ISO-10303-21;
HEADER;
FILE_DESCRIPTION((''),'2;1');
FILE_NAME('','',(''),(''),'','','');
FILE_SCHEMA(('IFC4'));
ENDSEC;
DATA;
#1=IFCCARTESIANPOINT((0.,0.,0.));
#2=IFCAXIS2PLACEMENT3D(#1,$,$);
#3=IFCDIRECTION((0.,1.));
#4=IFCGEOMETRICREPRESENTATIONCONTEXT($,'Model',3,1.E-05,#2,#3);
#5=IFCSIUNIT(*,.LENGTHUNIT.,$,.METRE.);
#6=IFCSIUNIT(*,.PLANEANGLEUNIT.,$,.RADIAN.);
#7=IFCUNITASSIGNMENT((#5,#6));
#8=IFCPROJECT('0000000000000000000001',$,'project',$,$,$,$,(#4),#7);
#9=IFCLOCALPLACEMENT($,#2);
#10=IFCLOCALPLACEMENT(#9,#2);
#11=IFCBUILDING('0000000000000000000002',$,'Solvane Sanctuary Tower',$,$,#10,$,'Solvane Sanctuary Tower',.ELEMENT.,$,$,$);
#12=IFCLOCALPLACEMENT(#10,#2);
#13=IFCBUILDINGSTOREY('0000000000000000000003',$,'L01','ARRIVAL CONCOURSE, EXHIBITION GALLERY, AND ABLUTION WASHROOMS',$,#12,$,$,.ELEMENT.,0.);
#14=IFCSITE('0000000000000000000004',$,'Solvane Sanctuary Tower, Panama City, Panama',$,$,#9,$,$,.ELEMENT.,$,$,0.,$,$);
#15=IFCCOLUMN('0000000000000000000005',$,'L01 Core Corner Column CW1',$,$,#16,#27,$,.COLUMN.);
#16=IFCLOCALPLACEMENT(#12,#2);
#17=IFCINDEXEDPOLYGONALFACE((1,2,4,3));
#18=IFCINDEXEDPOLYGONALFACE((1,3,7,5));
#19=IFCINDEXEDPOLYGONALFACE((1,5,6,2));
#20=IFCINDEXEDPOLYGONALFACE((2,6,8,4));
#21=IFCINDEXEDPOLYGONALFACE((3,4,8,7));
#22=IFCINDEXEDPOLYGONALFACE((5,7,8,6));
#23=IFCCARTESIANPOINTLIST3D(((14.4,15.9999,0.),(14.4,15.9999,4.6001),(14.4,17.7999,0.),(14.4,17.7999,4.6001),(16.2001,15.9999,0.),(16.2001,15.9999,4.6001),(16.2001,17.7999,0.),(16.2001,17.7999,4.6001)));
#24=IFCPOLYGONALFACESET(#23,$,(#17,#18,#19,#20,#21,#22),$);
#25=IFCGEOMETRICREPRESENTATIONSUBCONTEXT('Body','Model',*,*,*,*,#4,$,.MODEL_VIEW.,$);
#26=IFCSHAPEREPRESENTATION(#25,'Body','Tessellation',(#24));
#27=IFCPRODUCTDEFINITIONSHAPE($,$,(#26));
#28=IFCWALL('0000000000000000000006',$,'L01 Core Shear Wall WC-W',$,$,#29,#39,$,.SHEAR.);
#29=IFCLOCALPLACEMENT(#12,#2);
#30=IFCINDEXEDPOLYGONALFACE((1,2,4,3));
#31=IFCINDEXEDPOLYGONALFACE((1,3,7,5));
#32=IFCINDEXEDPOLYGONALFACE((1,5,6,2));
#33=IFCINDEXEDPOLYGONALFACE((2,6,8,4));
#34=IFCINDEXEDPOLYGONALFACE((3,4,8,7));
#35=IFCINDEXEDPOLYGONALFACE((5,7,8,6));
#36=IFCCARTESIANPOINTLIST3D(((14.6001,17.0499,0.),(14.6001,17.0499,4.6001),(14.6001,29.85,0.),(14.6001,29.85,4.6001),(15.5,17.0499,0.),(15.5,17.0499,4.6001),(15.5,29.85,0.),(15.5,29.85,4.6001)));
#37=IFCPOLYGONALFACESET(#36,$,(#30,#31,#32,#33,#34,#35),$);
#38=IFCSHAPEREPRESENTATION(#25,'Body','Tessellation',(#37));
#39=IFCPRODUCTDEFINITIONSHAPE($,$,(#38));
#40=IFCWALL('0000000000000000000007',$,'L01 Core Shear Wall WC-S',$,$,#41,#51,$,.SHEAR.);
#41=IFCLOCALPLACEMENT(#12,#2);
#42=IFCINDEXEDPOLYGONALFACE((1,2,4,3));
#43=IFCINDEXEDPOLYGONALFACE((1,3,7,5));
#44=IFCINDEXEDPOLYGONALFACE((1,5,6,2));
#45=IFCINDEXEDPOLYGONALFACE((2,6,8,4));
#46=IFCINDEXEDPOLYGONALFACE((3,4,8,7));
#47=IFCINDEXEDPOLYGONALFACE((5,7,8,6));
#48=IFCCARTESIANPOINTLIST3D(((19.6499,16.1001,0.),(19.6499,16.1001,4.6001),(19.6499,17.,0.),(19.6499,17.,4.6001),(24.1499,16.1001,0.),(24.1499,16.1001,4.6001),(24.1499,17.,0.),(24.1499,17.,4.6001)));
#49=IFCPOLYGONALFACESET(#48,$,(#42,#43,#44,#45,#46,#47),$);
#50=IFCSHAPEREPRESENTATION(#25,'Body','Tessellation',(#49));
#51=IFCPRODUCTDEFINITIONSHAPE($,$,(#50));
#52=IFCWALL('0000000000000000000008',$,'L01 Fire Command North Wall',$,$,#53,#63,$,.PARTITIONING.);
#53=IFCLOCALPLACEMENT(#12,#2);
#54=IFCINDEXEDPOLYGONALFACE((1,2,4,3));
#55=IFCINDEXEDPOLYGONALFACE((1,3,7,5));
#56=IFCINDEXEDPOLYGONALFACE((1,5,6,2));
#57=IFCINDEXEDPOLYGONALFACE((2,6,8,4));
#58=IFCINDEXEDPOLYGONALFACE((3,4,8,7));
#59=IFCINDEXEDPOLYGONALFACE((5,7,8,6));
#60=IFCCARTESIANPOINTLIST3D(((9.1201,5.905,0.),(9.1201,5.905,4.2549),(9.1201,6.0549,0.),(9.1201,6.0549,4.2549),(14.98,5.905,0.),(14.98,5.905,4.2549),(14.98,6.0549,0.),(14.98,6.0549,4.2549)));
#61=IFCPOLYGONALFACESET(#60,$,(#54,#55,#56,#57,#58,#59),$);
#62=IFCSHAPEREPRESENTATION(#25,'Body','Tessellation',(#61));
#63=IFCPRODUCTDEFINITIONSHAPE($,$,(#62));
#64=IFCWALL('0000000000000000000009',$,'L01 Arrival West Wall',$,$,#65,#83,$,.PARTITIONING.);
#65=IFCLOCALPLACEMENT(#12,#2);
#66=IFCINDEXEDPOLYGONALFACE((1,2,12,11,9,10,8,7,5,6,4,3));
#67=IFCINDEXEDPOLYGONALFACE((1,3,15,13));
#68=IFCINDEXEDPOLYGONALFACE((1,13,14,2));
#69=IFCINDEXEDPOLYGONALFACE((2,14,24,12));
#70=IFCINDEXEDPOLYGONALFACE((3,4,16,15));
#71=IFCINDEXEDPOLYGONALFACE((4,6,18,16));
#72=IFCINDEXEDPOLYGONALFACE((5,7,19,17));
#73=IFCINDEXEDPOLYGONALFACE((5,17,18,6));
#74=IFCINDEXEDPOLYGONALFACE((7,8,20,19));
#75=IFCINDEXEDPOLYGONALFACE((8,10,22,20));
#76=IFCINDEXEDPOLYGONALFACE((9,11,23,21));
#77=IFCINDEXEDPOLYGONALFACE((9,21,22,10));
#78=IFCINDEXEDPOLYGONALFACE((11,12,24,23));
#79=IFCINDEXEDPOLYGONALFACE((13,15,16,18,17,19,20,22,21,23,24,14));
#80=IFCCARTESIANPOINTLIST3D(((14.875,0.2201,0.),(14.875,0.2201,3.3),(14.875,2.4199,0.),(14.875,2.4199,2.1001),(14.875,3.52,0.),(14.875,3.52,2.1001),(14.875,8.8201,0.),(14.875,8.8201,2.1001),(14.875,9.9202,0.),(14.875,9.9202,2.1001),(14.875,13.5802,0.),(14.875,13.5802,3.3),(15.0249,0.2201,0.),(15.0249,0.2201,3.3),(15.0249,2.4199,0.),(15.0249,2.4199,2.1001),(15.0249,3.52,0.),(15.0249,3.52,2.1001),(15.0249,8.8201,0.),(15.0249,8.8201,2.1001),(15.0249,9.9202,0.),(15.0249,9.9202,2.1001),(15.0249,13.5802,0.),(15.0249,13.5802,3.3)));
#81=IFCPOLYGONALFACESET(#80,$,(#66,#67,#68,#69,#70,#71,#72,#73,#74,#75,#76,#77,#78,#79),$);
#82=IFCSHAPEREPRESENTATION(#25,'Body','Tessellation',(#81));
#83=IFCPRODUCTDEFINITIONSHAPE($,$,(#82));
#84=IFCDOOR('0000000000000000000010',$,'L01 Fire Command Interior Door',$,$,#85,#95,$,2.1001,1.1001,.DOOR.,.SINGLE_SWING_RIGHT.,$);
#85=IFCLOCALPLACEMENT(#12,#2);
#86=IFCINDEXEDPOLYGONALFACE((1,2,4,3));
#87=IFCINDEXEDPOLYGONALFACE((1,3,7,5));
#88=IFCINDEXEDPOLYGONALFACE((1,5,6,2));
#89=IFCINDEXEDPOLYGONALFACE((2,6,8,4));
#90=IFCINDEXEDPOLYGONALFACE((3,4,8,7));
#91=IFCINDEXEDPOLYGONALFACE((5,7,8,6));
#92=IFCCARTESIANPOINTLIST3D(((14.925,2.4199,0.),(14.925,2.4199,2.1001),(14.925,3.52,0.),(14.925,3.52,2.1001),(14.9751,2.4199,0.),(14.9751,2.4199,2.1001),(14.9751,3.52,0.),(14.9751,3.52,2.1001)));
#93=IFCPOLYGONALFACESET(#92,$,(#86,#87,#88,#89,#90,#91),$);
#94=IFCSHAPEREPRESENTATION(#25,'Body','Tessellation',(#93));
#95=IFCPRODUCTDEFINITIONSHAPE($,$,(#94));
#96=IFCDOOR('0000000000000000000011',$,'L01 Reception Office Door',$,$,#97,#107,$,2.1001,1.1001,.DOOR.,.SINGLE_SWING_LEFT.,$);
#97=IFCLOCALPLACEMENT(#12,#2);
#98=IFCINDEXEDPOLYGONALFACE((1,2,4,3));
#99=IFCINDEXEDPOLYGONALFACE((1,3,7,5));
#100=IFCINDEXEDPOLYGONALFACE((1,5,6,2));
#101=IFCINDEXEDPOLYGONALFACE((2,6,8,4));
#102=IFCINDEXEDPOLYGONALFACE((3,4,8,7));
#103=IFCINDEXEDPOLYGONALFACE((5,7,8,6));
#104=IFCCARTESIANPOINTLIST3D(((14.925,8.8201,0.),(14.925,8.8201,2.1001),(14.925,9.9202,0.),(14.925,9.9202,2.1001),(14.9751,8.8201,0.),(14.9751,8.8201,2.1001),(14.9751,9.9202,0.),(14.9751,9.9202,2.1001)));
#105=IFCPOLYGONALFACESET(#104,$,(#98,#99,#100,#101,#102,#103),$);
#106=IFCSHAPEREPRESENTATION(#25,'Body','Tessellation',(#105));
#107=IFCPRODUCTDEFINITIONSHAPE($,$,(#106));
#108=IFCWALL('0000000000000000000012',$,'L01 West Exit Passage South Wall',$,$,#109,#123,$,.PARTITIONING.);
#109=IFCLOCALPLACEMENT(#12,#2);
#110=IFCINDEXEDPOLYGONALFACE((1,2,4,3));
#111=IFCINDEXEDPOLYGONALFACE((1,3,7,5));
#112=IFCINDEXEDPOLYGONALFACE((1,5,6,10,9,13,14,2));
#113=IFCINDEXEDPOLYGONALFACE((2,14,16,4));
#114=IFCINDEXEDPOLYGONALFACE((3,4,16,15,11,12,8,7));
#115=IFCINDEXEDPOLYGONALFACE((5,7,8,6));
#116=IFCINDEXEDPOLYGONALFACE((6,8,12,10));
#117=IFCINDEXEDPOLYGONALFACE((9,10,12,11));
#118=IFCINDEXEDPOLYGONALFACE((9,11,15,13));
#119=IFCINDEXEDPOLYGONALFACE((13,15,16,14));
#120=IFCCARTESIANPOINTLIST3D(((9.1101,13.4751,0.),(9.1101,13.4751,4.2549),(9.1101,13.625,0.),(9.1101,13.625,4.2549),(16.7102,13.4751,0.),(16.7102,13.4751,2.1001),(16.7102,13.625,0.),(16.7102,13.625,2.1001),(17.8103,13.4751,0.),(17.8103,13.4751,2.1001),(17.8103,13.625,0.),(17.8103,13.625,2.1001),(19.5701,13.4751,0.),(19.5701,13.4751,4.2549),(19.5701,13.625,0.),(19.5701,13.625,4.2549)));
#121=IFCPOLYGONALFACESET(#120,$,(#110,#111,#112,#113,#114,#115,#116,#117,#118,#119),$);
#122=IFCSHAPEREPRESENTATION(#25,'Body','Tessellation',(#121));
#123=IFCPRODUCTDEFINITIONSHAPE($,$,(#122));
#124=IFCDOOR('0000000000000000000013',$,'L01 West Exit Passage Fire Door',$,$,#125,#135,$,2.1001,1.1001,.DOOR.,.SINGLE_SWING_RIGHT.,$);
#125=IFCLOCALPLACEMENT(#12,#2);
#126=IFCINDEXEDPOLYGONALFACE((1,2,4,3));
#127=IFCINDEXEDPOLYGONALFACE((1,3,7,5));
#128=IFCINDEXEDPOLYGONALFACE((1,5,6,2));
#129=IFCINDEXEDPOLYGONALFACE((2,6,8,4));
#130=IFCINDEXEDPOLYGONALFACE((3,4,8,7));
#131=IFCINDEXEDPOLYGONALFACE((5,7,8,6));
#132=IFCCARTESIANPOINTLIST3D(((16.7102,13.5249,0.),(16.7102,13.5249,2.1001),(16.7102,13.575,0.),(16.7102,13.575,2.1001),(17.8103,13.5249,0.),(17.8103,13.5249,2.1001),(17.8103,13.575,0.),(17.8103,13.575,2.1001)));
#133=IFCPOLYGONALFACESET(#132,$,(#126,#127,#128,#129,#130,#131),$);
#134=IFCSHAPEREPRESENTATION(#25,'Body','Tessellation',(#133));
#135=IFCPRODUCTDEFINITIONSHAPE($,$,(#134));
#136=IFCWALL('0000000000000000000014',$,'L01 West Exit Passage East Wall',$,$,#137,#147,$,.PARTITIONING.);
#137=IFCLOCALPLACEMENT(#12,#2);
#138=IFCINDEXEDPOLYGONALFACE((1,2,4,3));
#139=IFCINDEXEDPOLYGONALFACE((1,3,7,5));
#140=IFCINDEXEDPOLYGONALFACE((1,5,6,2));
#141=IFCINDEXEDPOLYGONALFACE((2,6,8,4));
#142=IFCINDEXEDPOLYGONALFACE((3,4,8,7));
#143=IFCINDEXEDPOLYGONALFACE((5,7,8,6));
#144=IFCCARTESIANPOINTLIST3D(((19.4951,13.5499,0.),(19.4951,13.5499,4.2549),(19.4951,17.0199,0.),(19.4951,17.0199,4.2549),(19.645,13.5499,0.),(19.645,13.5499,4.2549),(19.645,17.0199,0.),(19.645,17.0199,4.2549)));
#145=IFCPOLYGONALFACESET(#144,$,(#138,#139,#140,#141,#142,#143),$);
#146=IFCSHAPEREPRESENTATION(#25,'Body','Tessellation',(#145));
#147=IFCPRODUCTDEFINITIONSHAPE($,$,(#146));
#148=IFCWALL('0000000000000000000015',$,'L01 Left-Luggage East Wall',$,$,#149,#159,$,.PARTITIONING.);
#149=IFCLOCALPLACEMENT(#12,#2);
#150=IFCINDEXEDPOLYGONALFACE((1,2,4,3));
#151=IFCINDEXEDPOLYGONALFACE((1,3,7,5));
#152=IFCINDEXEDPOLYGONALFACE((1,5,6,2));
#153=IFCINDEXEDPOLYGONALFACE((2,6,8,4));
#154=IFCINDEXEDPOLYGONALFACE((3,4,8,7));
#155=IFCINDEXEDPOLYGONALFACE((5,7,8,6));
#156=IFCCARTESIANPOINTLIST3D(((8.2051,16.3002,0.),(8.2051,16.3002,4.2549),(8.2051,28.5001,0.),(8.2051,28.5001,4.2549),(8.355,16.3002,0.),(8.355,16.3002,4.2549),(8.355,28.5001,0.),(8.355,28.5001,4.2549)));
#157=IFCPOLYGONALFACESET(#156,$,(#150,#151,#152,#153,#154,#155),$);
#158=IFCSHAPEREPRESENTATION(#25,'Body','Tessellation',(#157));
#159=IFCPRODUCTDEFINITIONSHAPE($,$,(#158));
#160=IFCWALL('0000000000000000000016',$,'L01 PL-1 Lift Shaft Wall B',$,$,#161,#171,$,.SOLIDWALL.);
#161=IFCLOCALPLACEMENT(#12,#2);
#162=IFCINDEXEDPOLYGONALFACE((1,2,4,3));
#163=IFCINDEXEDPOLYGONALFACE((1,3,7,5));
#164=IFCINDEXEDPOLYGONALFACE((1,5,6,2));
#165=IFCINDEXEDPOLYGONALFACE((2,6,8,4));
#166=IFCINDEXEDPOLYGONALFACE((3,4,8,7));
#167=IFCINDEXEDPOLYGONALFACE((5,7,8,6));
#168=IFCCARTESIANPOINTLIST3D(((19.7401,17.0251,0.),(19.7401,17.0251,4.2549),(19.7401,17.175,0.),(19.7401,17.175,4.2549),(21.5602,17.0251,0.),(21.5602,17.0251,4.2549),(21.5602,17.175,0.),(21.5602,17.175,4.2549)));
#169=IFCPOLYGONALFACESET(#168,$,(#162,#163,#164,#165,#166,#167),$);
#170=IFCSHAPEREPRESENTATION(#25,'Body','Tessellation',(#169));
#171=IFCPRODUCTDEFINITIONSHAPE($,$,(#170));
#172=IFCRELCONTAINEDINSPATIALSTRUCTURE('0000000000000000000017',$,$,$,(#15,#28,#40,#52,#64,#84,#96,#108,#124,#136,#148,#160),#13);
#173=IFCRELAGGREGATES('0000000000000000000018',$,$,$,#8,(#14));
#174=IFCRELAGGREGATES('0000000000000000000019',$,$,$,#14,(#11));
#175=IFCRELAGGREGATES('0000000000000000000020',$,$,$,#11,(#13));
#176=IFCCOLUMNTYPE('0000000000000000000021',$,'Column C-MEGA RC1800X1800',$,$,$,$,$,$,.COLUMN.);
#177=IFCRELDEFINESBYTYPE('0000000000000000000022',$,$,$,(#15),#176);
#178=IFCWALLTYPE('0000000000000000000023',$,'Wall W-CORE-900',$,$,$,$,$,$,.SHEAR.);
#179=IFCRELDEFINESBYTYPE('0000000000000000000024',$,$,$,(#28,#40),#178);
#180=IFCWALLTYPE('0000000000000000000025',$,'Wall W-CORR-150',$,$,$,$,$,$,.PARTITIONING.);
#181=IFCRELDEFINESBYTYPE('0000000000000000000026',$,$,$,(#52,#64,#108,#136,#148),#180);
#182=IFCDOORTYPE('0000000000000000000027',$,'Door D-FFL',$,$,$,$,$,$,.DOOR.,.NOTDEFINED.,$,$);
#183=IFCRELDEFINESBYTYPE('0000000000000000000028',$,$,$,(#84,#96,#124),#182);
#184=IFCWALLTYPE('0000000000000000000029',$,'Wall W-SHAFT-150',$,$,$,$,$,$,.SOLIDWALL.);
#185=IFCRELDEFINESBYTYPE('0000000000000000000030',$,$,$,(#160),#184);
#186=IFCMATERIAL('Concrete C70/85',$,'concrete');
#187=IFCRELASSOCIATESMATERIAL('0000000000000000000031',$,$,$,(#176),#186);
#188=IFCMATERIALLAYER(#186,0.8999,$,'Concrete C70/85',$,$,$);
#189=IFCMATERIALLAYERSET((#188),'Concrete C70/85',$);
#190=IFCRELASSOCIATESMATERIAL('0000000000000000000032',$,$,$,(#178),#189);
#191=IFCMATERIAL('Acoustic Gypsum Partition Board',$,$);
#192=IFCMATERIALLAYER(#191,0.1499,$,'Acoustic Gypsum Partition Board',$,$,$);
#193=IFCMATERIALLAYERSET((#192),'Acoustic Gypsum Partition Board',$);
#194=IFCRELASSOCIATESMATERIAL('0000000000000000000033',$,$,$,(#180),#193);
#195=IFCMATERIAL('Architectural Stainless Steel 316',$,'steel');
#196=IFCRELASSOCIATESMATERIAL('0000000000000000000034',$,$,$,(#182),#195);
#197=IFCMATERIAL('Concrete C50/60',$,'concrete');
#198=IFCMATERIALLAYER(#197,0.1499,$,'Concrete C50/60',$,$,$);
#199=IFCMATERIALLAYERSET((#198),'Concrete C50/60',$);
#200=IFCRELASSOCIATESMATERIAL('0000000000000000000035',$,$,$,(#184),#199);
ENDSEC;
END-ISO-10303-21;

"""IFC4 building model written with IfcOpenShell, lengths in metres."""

from ifc_helpers import new_model, si_unit, direction, frame, frame_2d, origin, origin_2d, place, context, subcontext, project, spatial, rectangle, extrude, material, layer, layer_set, material_profile, profile_set, type_object, element, fill, save


model = new_model("IFC4")

# Units and contexts
model_context = context("Model", 3, precision=1e-05, world=origin(), true_north=direction((0.0, 1.0)))
body_context = subcontext(model_context, "Body", "Model", "MODEL_VIEW")
ifc_project = project(units=[si_unit("LENGTHUNIT", "METRE"), si_unit("PLANEANGLEUNIT", "RADIAN")], contexts=[model_context])

# Site, building, storey
site_placement = place(None, origin())
site = spatial("IfcSite", under=ifc_project, at=site_placement, Name="Solvane Sanctuary Tower, Panama City, Panama", CompositionType="ELEMENT", RefElevation=0.0)
building_placement = place(site_placement, origin())
building = spatial("IfcBuilding", under=site, at=building_placement, Name="Solvane Sanctuary Tower", LongName="Solvane Sanctuary Tower", CompositionType="ELEMENT")
storey_placement = place(building_placement, origin())
storey = spatial("IfcBuildingStorey", under=building, at=storey_placement, Name="L01", Description="ARRIVAL CONCOURSE, EXHIBITION GALLERY, AND ABLUTION WASHROOMS", CompositionType="ELEMENT", Elevation=0.0)

# Column
ifc_material_1 = material(Name="Concrete C70/85", Category="concrete")
ifc_material_profile = material_profile(ifc_material_1, rectangle(XDim=1.8, YDim=1.8, at=origin_2d()), Name="RC1800X1800")
ifc_profile_set = profile_set([ifc_material_profile], Name="Concrete C70/85")
column_type = type_object("IfcColumnType", Name="Column C-MEGA RC1800X1800", PredefinedType="COLUMN", material=ifc_profile_set)
column_placement = place(storey_placement, frame((15.3, 16.8999, 0.0), z_axis=(0.0, 0.0, 1.0), x_axis=(1.0, 0.0, 0.0)))
element("IfcColumn", 1, at=column_placement, inside=storey, type_object=column_type, Name="L01 Core Corner Column CW1", PredefinedType="COLUMN", context=body_context, shape_type="SweptSolid", body=[
    extrude(rectangle(XDim=1.8, YDim=1.8, at=origin_2d()), origin(), (0.0, 0.0, 1.0), 4.6001),
])

# Walls
ifc_layer_1 = layer(ifc_material_1, 0.8999, Name="Concrete C70/85")
ifc_layer_set_1 = layer_set([ifc_layer_1], Name="Concrete C70/85")
wall_type_1 = type_object("IfcWallType", Name="Wall W-CORE-900", PredefinedType="SHEAR", material=ifc_layer_set_1)
wall_1_placement = place(storey_placement, frame((15.05, 17.05, 0.0), z_axis=(0.0, 0.0, 1.0), x_axis=(0.0, 1.0, 0.0)))
element("IfcWall", 2, at=wall_1_placement, inside=storey, type_object=wall_type_1, Name="L01 Core Shear Wall WC-W", PredefinedType="SHEAR", context=body_context, shape_type="SweptSolid", body=[
    extrude(rectangle(XDim=12.8, YDim=0.8999, at=frame_2d((6.3999, 0.0))), origin(), (0.0, 0.0, 1.0), 4.6001),
])
wall_2_placement = place(storey_placement, frame((19.6499, 16.55, 0.0), z_axis=(0.0, 0.0, 1.0), x_axis=(1.0, 0.0, 0.0)))
element("IfcWall", 3, at=wall_2_placement, inside=storey, type_object=wall_type_1, Name="L01 Core Shear Wall WC-S", PredefinedType="SHEAR", context=body_context, shape_type="SweptSolid", body=[
    extrude(rectangle(XDim=4.5, YDim=0.8999, at=frame_2d((2.25, 0.0))), origin(), (0.0, 0.0, 1.0), 4.6001),
])
ifc_material_2 = material(Name="Acoustic Gypsum Partition Board")
ifc_layer_2 = layer(ifc_material_2, 0.1499, Name="Acoustic Gypsum Partition Board")
ifc_layer_set_2 = layer_set([ifc_layer_2], Name="Acoustic Gypsum Partition Board")
wall_type_2 = type_object("IfcWallType", Name="Wall W-CORR-150", PredefinedType="PARTITIONING", material=ifc_layer_set_2)
wall_3_placement = place(storey_placement, frame((9.1201, 5.98, 0.0), z_axis=(0.0, 0.0, 1.0), x_axis=(1.0, 0.0, 0.0)))
element("IfcWall", 4, at=wall_3_placement, inside=storey, type_object=wall_type_2, Name="L01 Fire Command North Wall", PredefinedType="PARTITIONING", context=body_context, shape_type="SweptSolid", body=[
    extrude(rectangle(XDim=5.8599, YDim=0.1499, at=frame_2d((2.9299, 0.0))), origin(), (0.0, 0.0, 1.0), 4.2549),
])

# Wall, openings, doors
wall_4_placement = place(storey_placement, frame((14.95, 0.22, 0.0), z_axis=(0.0, 0.0, 1.0), x_axis=(0.0, 1.0, 0.0)))
wall_4 = element("IfcWall", 5, at=wall_4_placement, inside=storey, type_object=wall_type_2, Name="L01 Arrival West Wall", PredefinedType="PARTITIONING", context=body_context, shape_type="SweptSolid", body=[
    extrude(rectangle(XDim=13.3601, YDim=0.1499, at=frame_2d((6.6802, 0.0))), origin(), (0.0, 0.0, 1.0), 3.3),
])
opening_1_placement = place(wall_4_placement, frame((2.2, 0.0, 0.0)))
opening_1 = element("IfcOpeningElement", 6, at=opening_1_placement, cuts=wall_4, PredefinedType="OPENING", context=body_context, shape_type="SweptSolid", body=[
    extrude(rectangle(XDim=1.1001, YDim=2.1001, at=frame_2d((0.55, 1.05))), frame((0.0, 0.085, 0.0), z_axis=(0.0, -1.0, 0.0), x_axis=(1.0, 0.0, 0.0)), (0.0, 0.0, 1.0), 0.1699),
])
opening_2_placement = place(wall_4_placement, frame((8.6001, 0.0, 0.0)))
opening_2 = element("IfcOpeningElement", 7, at=opening_2_placement, cuts=wall_4, PredefinedType="OPENING", context=body_context, shape_type="SweptSolid", body=[
    extrude(rectangle(XDim=1.1001, YDim=2.1001, at=frame_2d((0.55, 1.05))), frame((0.0, 0.085, 0.0), z_axis=(0.0, -1.0, 0.0), x_axis=(1.0, 0.0, 0.0)), (0.0, 0.0, 1.0), 0.1699),
])
ifc_material_3 = material(Name="Architectural Stainless Steel 316", Category="steel")
door_type_1 = type_object("IfcDoorType", Name="Door D-FFL", OperationType="NOTDEFINED", PredefinedType="DOOR", material=ifc_material_3)
door_1_placement = place(opening_1_placement, origin())
door_1 = element("IfcDoor", 8, at=door_1_placement, inside=storey, type_object=door_type_1, Name="L01 Fire Command Interior Door", OperationType="SINGLE_SWING_RIGHT", OverallHeight=2.1001, OverallWidth=1.1001, PredefinedType="DOOR", context=body_context, shape_type="SweptSolid", body=[
    extrude(rectangle(XDim=1.1001, YDim=2.1001, at=frame_2d((0.55, 1.05))), frame((0.0, 0.0249, 0.0), z_axis=(0.0, -1.0, 0.0), x_axis=(1.0, 0.0, 0.0)), (0.0, 0.0, 1.0), 0.05),
])
fill(opening_1, door_1)
door_2_placement = place(opening_2_placement, origin())
door_2 = element("IfcDoor", 9, at=door_2_placement, inside=storey, type_object=door_type_1, Name="L01 Reception Office Door", OperationType="SINGLE_SWING_LEFT", OverallHeight=2.1001, OverallWidth=1.1001, PredefinedType="DOOR", context=body_context, shape_type="SweptSolid", body=[
    extrude(rectangle(XDim=1.1001, YDim=2.1001, at=frame_2d((0.55, 1.05))), frame((0.0, 0.0249, 0.0), z_axis=(0.0, -1.0, 0.0), x_axis=(1.0, 0.0, 0.0)), (0.0, 0.0, 1.0), 0.05),
])
fill(opening_2, door_2)

# Wall, opening, door
wall_5_placement = place(storey_placement, frame((9.1101, 13.55, 0.0), z_axis=(0.0, 0.0, 1.0), x_axis=(1.0, 0.0, 0.0)))
wall_5 = element("IfcWall", 10, at=wall_5_placement, inside=storey, type_object=wall_type_2, Name="L01 West Exit Passage South Wall", PredefinedType="PARTITIONING", context=body_context, shape_type="SweptSolid", body=[
    extrude(rectangle(XDim=10.46, YDim=0.1499, at=frame_2d((5.23, 0.0))), origin(), (0.0, 0.0, 1.0), 4.2549),
])
opening_3_placement = place(wall_5_placement, frame((7.6001, 0.0, 0.0)))
opening_3 = element("IfcOpeningElement", 11, at=opening_3_placement, cuts=wall_5, PredefinedType="OPENING", context=body_context, shape_type="SweptSolid", body=[
    extrude(rectangle(XDim=1.1001, YDim=2.1001, at=frame_2d((0.55, 1.05))), frame((0.0, 0.085, 0.0), z_axis=(0.0, -1.0, 0.0), x_axis=(1.0, 0.0, 0.0)), (0.0, 0.0, 1.0), 0.1699),
])
door_3_placement = place(opening_3_placement, origin())
door_3 = element("IfcDoor", 12, at=door_3_placement, inside=storey, type_object=door_type_1, Name="L01 West Exit Passage Fire Door", OperationType="SINGLE_SWING_RIGHT", OverallHeight=2.1001, OverallWidth=1.1001, PredefinedType="DOOR", context=body_context, shape_type="SweptSolid", body=[
    extrude(rectangle(XDim=1.1001, YDim=2.1001, at=frame_2d((0.55, 1.05))), frame((0.0, 0.0249, 0.0), z_axis=(0.0, -1.0, 0.0), x_axis=(1.0, 0.0, 0.0)), (0.0, 0.0, 1.0), 0.05),
])
fill(opening_3, door_3)

# Walls
wall_6_placement = place(storey_placement, frame((19.5701, 13.55, 0.0), z_axis=(0.0, 0.0, 1.0), x_axis=(0.0, 1.0, 0.0)))
element("IfcWall", 13, at=wall_6_placement, inside=storey, type_object=wall_type_2, Name="L01 West Exit Passage East Wall", PredefinedType="PARTITIONING", context=body_context, shape_type="SweptSolid", body=[
    extrude(rectangle(XDim=3.47, YDim=0.1499, at=frame_2d((1.7349, 0.0))), origin(), (0.0, 0.0, 1.0), 4.2549),
])
wall_7_placement = place(storey_placement, frame((8.28, 16.3, 0.0), z_axis=(0.0, 0.0, 1.0), x_axis=(0.0, 1.0, 0.0)))
element("IfcWall", 14, at=wall_7_placement, inside=storey, type_object=wall_type_2, Name="L01 Left-Luggage East Wall", PredefinedType="PARTITIONING", context=body_context, shape_type="SweptSolid", body=[
    extrude(rectangle(XDim=12.2, YDim=0.1499, at=frame_2d((6.1001, 0.0))), origin(), (0.0, 0.0, 1.0), 4.2549),
])
ifc_material_4 = material(Name="Concrete C50/60", Category="concrete")
ifc_layer_3 = layer(ifc_material_4, 0.1499, Name="Concrete C50/60")
ifc_layer_set_3 = layer_set([ifc_layer_3], Name="Concrete C50/60")
wall_type_3 = type_object("IfcWallType", Name="Wall W-SHAFT-150", PredefinedType="SOLIDWALL", material=ifc_layer_set_3)
wall_8_placement = place(storey_placement, frame((19.74, 17.1001, 0.0), z_axis=(0.0, 0.0, 1.0), x_axis=(1.0, 0.0, 0.0)))
element("IfcWall", 15, at=wall_8_placement, inside=storey, type_object=wall_type_3, Name="L01 PL-1 Lift Shaft Wall B", PredefinedType="SOLIDWALL", context=body_context, shape_type="SweptSolid", body=[
    extrude(rectangle(XDim=1.8201, YDim=0.1499, at=frame_2d((0.9102, 0.0))), origin(), (0.0, 0.0, 1.0), 4.2549),
])

save(model, "model.ifc")
